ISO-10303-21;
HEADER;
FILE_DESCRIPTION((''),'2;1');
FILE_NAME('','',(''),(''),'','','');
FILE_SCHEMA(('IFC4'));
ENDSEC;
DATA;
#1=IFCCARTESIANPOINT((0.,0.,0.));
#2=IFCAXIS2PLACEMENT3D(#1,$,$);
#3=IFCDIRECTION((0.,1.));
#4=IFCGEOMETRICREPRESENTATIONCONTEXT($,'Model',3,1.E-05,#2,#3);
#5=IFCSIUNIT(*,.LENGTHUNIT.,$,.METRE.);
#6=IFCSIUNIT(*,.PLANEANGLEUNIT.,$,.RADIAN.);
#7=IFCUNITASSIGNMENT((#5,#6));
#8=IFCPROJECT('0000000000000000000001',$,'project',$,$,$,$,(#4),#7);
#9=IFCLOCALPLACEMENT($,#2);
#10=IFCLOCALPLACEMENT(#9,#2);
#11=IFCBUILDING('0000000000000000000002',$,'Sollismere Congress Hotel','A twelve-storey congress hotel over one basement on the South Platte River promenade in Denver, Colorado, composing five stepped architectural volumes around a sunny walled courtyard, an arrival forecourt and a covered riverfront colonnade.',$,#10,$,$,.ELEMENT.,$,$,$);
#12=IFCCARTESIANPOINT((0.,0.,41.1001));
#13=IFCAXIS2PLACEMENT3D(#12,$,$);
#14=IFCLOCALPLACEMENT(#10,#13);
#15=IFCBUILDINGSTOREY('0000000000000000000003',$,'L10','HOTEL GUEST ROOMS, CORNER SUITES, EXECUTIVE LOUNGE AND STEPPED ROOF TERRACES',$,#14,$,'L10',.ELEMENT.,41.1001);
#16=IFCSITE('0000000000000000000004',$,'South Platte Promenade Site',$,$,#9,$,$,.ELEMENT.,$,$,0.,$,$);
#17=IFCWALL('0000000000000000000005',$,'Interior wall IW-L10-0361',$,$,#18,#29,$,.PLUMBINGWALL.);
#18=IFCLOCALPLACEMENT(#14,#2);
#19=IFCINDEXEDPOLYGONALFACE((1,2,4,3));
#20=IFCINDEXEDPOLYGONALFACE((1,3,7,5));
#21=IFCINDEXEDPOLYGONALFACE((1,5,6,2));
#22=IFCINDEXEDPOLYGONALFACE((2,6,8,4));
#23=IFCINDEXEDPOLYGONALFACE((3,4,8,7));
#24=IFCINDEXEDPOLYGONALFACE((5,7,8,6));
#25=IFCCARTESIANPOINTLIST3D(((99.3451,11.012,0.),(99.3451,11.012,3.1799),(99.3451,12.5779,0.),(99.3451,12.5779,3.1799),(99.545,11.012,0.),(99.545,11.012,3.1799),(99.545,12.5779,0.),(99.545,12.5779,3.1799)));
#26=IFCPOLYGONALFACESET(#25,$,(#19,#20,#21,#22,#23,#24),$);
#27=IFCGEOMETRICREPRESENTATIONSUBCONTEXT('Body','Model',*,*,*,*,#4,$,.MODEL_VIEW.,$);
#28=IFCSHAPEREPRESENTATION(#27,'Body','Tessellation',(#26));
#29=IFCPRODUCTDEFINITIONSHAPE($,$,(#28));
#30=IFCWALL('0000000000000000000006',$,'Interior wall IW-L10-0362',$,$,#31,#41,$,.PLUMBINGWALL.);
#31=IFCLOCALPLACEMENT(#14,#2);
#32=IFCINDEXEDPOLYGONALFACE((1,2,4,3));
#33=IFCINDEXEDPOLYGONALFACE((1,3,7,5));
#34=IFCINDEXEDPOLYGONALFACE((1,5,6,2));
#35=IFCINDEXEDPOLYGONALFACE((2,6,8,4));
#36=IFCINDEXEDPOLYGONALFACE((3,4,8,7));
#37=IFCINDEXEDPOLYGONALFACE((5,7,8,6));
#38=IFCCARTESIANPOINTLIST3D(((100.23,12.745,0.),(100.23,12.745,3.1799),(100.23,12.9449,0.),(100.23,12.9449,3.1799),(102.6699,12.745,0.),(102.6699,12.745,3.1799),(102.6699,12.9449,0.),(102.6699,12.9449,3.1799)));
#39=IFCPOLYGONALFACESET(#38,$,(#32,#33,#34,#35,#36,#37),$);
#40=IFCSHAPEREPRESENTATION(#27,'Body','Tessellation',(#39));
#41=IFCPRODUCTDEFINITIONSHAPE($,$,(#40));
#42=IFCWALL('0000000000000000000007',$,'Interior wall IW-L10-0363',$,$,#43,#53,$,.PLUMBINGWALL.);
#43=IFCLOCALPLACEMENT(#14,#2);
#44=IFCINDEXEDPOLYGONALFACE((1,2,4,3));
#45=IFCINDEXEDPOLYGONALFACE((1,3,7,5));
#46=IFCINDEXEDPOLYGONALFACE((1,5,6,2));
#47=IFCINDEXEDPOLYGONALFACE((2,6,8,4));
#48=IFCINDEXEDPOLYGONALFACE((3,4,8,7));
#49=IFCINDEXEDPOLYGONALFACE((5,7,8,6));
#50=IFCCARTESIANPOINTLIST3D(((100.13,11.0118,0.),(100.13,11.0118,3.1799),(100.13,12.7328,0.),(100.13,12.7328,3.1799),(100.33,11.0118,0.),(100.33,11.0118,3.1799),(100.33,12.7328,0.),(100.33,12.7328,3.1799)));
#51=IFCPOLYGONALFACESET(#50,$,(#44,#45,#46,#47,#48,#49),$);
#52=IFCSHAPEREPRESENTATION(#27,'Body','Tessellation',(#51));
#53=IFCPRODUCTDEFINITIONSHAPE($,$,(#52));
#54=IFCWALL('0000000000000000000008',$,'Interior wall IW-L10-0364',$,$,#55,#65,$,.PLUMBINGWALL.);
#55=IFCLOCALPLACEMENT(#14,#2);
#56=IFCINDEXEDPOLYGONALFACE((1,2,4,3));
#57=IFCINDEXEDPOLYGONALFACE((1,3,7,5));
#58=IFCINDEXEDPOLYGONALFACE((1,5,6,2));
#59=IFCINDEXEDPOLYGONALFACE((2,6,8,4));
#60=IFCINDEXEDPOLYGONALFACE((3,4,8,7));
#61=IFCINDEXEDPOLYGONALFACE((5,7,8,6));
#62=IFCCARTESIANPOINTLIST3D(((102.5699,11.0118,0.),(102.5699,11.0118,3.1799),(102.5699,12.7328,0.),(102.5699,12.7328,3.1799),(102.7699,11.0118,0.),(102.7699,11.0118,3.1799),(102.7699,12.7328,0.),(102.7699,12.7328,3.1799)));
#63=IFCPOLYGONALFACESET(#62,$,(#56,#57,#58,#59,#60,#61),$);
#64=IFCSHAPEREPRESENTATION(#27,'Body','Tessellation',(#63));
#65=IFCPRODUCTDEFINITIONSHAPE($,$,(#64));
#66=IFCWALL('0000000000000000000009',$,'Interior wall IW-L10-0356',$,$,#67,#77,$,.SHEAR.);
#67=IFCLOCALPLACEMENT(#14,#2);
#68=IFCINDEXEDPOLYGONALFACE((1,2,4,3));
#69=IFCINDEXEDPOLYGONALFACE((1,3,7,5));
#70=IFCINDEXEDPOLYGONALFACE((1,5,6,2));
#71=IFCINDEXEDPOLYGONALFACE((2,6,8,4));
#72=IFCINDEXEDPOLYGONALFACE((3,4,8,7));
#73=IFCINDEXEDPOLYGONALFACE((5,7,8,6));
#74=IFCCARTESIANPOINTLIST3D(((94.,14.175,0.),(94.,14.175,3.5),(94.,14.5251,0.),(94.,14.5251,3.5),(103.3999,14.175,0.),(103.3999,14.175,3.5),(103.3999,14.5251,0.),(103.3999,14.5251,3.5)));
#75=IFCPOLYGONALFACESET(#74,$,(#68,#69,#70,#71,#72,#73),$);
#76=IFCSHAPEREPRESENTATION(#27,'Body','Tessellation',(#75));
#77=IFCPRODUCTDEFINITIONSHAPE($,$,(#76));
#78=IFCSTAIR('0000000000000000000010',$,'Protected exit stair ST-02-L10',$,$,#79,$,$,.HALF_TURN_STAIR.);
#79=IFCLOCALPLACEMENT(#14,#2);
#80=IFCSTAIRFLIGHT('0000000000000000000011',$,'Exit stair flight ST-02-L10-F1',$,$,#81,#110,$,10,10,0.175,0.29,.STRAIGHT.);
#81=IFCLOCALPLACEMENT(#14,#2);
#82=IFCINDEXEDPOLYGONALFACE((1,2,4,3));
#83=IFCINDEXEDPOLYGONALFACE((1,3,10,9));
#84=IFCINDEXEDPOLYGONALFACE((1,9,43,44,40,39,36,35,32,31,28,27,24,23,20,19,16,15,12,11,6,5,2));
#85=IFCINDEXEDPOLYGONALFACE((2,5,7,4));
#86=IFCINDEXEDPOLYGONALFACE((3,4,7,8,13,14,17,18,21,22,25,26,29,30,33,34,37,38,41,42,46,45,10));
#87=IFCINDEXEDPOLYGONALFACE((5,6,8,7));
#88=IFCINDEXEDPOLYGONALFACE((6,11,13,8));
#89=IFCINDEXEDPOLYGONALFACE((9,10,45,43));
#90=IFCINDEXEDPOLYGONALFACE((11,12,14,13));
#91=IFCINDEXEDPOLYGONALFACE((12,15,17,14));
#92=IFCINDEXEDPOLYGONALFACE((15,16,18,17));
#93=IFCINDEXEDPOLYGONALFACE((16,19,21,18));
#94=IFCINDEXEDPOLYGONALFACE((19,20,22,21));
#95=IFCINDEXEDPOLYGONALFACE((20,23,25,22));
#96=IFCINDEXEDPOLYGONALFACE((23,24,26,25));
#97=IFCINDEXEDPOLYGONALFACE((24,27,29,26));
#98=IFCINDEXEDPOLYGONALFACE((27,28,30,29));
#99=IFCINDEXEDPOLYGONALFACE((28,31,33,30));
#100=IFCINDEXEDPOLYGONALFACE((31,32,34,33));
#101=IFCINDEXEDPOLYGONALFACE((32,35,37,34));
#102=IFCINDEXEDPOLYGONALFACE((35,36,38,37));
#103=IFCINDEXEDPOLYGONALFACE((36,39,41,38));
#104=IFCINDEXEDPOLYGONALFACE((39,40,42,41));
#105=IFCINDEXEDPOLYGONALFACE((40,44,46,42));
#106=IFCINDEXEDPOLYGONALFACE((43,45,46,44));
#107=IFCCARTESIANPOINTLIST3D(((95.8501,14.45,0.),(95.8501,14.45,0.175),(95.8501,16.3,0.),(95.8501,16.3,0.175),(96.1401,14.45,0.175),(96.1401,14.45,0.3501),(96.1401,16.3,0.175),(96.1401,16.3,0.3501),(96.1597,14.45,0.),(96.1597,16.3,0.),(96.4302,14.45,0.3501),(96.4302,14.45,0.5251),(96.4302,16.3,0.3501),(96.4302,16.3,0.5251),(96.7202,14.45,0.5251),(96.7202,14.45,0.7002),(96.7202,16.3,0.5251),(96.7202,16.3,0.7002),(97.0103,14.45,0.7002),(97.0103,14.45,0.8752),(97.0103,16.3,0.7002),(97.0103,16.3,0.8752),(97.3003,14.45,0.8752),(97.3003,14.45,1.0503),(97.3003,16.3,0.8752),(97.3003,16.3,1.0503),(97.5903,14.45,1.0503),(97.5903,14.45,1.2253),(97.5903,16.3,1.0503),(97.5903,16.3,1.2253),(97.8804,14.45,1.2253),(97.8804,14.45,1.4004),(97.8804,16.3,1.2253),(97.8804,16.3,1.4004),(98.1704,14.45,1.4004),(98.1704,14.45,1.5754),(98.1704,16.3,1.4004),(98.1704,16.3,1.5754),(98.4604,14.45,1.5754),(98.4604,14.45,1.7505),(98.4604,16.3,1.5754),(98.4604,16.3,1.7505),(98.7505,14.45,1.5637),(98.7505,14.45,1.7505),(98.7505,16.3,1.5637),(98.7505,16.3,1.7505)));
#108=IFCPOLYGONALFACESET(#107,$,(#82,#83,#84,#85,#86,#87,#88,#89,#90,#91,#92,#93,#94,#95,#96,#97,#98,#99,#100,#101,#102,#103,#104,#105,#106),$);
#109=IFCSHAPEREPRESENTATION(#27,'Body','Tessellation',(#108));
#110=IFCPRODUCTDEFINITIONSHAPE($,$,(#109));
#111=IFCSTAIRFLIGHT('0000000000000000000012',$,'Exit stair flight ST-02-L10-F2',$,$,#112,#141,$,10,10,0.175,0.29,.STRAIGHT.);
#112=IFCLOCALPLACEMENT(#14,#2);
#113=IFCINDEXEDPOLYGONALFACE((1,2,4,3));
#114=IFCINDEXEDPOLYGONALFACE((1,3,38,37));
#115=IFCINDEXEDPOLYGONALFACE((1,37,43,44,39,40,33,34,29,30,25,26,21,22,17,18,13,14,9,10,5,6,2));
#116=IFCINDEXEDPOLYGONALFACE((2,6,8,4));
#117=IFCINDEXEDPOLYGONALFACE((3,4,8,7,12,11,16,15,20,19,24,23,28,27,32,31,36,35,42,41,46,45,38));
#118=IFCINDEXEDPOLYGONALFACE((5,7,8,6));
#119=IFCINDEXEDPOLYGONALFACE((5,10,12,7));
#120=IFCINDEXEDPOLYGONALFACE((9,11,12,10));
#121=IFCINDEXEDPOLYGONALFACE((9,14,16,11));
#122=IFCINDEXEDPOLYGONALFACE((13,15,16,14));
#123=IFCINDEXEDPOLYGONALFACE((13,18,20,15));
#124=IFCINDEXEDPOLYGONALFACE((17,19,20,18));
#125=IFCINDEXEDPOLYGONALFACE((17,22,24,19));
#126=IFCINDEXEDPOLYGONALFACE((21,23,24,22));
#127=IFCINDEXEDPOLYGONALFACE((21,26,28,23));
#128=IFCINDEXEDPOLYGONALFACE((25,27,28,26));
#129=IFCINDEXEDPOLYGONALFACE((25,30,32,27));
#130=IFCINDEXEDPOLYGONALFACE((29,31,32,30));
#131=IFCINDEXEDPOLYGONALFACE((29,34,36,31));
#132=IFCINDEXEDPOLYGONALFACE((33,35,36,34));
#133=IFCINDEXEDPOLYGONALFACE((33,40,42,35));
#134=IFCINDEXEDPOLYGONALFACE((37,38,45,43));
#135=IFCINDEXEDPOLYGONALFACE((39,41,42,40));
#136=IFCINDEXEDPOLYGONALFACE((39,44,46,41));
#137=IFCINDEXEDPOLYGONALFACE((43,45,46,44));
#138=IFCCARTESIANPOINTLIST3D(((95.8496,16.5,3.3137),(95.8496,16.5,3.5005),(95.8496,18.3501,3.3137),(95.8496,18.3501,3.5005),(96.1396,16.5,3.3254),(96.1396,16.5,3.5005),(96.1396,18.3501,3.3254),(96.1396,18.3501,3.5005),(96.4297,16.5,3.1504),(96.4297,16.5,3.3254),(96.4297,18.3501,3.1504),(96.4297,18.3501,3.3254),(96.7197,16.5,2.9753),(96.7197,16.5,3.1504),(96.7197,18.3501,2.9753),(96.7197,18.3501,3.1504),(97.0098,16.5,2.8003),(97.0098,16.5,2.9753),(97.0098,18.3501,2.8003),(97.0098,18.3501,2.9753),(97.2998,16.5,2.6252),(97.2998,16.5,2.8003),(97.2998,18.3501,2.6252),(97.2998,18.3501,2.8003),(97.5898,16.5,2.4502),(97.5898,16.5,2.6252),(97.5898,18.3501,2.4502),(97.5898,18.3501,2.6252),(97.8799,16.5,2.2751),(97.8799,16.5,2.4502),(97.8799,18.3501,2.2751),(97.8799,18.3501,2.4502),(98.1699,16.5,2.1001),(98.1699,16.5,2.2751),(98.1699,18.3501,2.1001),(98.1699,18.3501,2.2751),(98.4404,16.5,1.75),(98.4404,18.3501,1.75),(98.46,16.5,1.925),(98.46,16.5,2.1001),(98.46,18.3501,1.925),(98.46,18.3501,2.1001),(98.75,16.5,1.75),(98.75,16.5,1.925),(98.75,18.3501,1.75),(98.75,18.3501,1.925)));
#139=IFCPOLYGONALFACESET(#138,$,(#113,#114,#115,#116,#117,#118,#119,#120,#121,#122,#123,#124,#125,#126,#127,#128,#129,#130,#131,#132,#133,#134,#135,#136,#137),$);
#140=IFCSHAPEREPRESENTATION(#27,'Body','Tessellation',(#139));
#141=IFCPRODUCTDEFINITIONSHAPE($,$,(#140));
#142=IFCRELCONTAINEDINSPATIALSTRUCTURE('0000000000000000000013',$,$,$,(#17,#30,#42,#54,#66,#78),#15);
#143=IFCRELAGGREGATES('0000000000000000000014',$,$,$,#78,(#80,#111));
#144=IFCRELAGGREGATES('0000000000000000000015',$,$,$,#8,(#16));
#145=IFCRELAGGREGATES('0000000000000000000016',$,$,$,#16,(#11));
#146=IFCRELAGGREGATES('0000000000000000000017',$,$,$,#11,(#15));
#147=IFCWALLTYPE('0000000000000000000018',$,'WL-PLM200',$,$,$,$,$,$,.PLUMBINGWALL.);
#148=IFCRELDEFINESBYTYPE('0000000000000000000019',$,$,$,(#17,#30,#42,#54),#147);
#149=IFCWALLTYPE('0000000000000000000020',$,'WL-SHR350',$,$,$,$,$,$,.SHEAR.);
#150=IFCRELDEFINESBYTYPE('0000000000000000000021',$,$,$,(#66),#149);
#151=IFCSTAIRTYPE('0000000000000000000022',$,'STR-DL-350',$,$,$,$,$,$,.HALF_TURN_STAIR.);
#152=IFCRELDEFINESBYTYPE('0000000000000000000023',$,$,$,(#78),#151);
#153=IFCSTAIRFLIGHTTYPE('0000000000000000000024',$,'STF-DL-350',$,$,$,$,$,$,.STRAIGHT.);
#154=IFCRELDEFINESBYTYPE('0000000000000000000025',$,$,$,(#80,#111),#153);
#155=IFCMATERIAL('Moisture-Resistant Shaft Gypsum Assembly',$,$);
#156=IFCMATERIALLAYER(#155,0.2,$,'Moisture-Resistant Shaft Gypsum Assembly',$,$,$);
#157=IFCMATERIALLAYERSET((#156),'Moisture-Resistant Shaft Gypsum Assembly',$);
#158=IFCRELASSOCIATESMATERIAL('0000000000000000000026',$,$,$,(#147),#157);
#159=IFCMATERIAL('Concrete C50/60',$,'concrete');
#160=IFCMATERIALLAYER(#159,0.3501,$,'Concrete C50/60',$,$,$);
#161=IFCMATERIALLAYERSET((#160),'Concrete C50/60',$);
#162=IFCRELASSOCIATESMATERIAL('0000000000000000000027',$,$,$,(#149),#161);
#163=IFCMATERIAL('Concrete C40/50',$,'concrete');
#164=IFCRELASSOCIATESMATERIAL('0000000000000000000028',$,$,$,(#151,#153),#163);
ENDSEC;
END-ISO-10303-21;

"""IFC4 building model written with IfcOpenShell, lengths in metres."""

from ifc_helpers import new_model, si_unit, direction, frame, frame_2d, origin, place, context, subcontext, project, spatial, polyline, rectangle, outline, extrude, material, layer, layer_set, type_object, element, aggregate, save


model = new_model("IFC4")

# Units and contexts
model_context = context("Model", 3, precision=1e-05, world=origin(), true_north=direction((0.0, 1.0)))
body_context = subcontext(model_context, "Body", "Model", "MODEL_VIEW")
ifc_project = project(units=[si_unit("LENGTHUNIT", "METRE"), si_unit("PLANEANGLEUNIT", "RADIAN")], contexts=[model_context])

# Site, building, storey
site_placement = place(None, origin())
site = spatial("IfcSite", under=ifc_project, at=site_placement, Name="South Platte Promenade Site", CompositionType="ELEMENT", RefElevation=0.0)
building_placement = place(site_placement, origin())
building = spatial("IfcBuilding", under=site, at=building_placement, Name="Sollismere Congress Hotel", Description="A twelve-storey congress hotel over one basement on the South Platte River promenade in Denver, Colorado, composing five stepped architectural volumes around a sunny walled courtyard, an arrival forecourt and a covered riverfront colonnade.", CompositionType="ELEMENT")
storey_placement = place(building_placement, frame((0.0, 0.0, 41.1001)))
storey = spatial("IfcBuildingStorey", under=building, at=storey_placement, Name="L10", Description="HOTEL GUEST ROOMS, CORNER SUITES, EXECUTIVE LOUNGE AND STEPPED ROOF TERRACES", LongName="L10", CompositionType="ELEMENT", Elevation=41.1001)

# Walls
ifc_material_1 = material(Name="Moisture-Resistant Shaft Gypsum Assembly")
ifc_layer_1 = layer(ifc_material_1, 0.2, Name="Moisture-Resistant Shaft Gypsum Assembly")
ifc_layer_set_1 = layer_set([ifc_layer_1], Name="Moisture-Resistant Shaft Gypsum Assembly")
wall_type_1 = type_object("IfcWallType", Name="WL-PLM200", PredefinedType="PLUMBINGWALL", material=ifc_layer_set_1)
for number, where, z_axis, x_axis, name in (
    (1, (99.4451, 11.012, 0.0), (0.0, 0.0, 1.0), (0.0, 1.0, 0.0), "Interior wall IW-L10-0361"),
):
    element("IfcWall", number, at=place(storey_placement, frame(where, z_axis=z_axis, x_axis=x_axis)), inside=storey, type_object=wall_type_1, Name=name, PredefinedType="PLUMBINGWALL", context=body_context, shape_type="SweptSolid", body=[
        extrude(rectangle(XDim=1.5659, YDim=0.2, at=frame_2d((0.783, 0.0))), origin(), (0.0, 0.0, 1.0), 3.1799),
    ])
wall_1_placement = place(storey_placement, frame((100.23, 12.845, 0.0), z_axis=(0.0, 0.0, 1.0), x_axis=(1.0, 0.0, 0.0)))
element("IfcWall", 2, at=wall_1_placement, inside=storey, type_object=wall_type_1, Name="Interior wall IW-L10-0362", PredefinedType="PLUMBINGWALL", context=body_context, shape_type="SweptSolid", body=[
    extrude(rectangle(XDim=2.4399, YDim=0.2, at=frame_2d((1.22, 0.0))), origin(), (0.0, 0.0, 1.0), 3.1799),
])
for number, where, z_axis, x_axis, name in (
    (3, (100.23, 11.012, 0.0), (0.0, 0.0, 1.0), (0.0, 1.0, 0.0), "Interior wall IW-L10-0363"),
    (4, (102.6699, 11.012, 0.0), (0.0, 0.0, 1.0), (0.0, 1.0, 0.0), "Interior wall IW-L10-0364"),
):
    element("IfcWall", number, at=place(storey_placement, frame(where, z_axis=z_axis, x_axis=x_axis)), inside=storey, type_object=wall_type_1, Name=name, PredefinedType="PLUMBINGWALL", context=body_context, shape_type="SweptSolid", body=[
        extrude(rectangle(XDim=1.7209, YDim=0.2, at=frame_2d((0.8604, 0.0))), origin(), (0.0, 0.0, 1.0), 3.1799),
    ])
ifc_material_2 = material(Name="Concrete C50/60", Category="concrete")
ifc_layer_2 = layer(ifc_material_2, 0.3501, Name="Concrete C50/60")
ifc_layer_set_2 = layer_set([ifc_layer_2], Name="Concrete C50/60")
wall_type_2 = type_object("IfcWallType", Name="WL-SHR350", PredefinedType="SHEAR", material=ifc_layer_set_2)
wall_2_placement = place(storey_placement, frame((94.0, 14.3501, 0.0), z_axis=(0.0, 0.0, 1.0), x_axis=(1.0, 0.0, 0.0)))
element("IfcWall", 5, at=wall_2_placement, inside=storey, type_object=wall_type_2, Name="Interior wall IW-L10-0356", PredefinedType="SHEAR", context=body_context, shape_type="SweptSolid", body=[
    extrude(rectangle(XDim=9.3999, YDim=0.3501, at=frame_2d((4.7, 0.0))), origin(), (0.0, 0.0, 1.0), 3.5),
])

# Stair, stair flights
ifc_material_3 = material(Name="Concrete C40/50", Category="concrete")
stair_type = type_object("IfcStairType", Name="STR-DL-350", PredefinedType="HALF_TURN_STAIR", material=ifc_material_3)
stair_placement = place(storey_placement, origin())
stair = element("IfcStair", 6, at=stair_placement, inside=storey, type_object=stair_type, Name="Protected exit stair ST-02-L10", PredefinedType="HALF_TURN_STAIR")
stair_flight_type = type_object("IfcStairFlightType", Name="STF-DL-350", PredefinedType="STRAIGHT", material=ifc_material_3)
stair_flight_1_placement = place(storey_placement, frame((95.8501, 15.375, 0.0), z_axis=(0.0, 0.0, 1.0), x_axis=(1.0, 0.0, 0.0)))
stair_flight_1 = element("IfcStairFlight", 7, at=stair_flight_1_placement, type_object=stair_flight_type, Name="Exit stair flight ST-02-L10-F1", NumberOfRisers=10, NumberOfTreads=10, PredefinedType="STRAIGHT", RiserHeight=0.175, TreadLength=0.29, context=body_context, shape_type="SweptSolid", body=[
    extrude(outline(polyline([(0.0, 0.0), (0.0, 0.175), (0.29, 0.175), (0.29, 0.3501), (0.5801, 0.3501), (0.5801, 0.5251), (0.8701, 0.5251), (0.8701, 0.7002), (1.1602, 0.7002), (1.1602, 0.8752), (1.4502, 0.8752), (1.4502, 1.0503), (1.7402, 1.0503), (1.7402, 1.2253), (2.0303, 1.2253), (2.0303, 1.4004), (2.3203, 1.4004), (2.3203, 1.5754), (2.6104, 1.5754), (2.6104, 1.7505), (2.9004, 1.7505), (2.9004, 1.5637), (0.3096, 0.0), (0.0, 0.0)])), frame((0.0, 0.925, 0.0), z_axis=(0.0, -1.0, 0.0), x_axis=(1.0, 0.0, 0.0)), (0.0, 0.0, 1.0), 1.8501),
])
stair_flight_2_placement = place(storey_placement, frame((98.75, 17.425, 1.75), z_axis=(0.0, 0.0, 1.0), x_axis=(-1.0, 0.0, 0.0)))
stair_flight_2 = element("IfcStairFlight", 8, at=stair_flight_2_placement, type_object=stair_flight_type, Name="Exit stair flight ST-02-L10-F2", NumberOfRisers=10, NumberOfTreads=10, PredefinedType="STRAIGHT", RiserHeight=0.175, TreadLength=0.29, context=body_context, shape_type="SweptSolid", body=[
    extrude(outline(polyline([(0.0, 0.0), (0.0, 0.175), (0.29, 0.175), (0.29, 0.3501), (0.5801, 0.3501), (0.5801, 0.5251), (0.8701, 0.5251), (0.8701, 0.7002), (1.1602, 0.7002), (1.1602, 0.8752), (1.4502, 0.8752), (1.4502, 1.0503), (1.7402, 1.0503), (1.7402, 1.2253), (2.0303, 1.2253), (2.0303, 1.4004), (2.3203, 1.4004), (2.3203, 1.5754), (2.6104, 1.5754), (2.6104, 1.7505), (2.9004, 1.7505), (2.9004, 1.5637), (0.3096, 0.0), (0.0, 0.0)])), frame((0.0, 0.925, 0.0), z_axis=(0.0, -1.0, 0.0), x_axis=(1.0, 0.0, 0.0)), (0.0, 0.0, 1.0), 1.8501),
])
aggregate(stair, [stair_flight_1, stair_flight_2])

save(model, "model.ifc")
